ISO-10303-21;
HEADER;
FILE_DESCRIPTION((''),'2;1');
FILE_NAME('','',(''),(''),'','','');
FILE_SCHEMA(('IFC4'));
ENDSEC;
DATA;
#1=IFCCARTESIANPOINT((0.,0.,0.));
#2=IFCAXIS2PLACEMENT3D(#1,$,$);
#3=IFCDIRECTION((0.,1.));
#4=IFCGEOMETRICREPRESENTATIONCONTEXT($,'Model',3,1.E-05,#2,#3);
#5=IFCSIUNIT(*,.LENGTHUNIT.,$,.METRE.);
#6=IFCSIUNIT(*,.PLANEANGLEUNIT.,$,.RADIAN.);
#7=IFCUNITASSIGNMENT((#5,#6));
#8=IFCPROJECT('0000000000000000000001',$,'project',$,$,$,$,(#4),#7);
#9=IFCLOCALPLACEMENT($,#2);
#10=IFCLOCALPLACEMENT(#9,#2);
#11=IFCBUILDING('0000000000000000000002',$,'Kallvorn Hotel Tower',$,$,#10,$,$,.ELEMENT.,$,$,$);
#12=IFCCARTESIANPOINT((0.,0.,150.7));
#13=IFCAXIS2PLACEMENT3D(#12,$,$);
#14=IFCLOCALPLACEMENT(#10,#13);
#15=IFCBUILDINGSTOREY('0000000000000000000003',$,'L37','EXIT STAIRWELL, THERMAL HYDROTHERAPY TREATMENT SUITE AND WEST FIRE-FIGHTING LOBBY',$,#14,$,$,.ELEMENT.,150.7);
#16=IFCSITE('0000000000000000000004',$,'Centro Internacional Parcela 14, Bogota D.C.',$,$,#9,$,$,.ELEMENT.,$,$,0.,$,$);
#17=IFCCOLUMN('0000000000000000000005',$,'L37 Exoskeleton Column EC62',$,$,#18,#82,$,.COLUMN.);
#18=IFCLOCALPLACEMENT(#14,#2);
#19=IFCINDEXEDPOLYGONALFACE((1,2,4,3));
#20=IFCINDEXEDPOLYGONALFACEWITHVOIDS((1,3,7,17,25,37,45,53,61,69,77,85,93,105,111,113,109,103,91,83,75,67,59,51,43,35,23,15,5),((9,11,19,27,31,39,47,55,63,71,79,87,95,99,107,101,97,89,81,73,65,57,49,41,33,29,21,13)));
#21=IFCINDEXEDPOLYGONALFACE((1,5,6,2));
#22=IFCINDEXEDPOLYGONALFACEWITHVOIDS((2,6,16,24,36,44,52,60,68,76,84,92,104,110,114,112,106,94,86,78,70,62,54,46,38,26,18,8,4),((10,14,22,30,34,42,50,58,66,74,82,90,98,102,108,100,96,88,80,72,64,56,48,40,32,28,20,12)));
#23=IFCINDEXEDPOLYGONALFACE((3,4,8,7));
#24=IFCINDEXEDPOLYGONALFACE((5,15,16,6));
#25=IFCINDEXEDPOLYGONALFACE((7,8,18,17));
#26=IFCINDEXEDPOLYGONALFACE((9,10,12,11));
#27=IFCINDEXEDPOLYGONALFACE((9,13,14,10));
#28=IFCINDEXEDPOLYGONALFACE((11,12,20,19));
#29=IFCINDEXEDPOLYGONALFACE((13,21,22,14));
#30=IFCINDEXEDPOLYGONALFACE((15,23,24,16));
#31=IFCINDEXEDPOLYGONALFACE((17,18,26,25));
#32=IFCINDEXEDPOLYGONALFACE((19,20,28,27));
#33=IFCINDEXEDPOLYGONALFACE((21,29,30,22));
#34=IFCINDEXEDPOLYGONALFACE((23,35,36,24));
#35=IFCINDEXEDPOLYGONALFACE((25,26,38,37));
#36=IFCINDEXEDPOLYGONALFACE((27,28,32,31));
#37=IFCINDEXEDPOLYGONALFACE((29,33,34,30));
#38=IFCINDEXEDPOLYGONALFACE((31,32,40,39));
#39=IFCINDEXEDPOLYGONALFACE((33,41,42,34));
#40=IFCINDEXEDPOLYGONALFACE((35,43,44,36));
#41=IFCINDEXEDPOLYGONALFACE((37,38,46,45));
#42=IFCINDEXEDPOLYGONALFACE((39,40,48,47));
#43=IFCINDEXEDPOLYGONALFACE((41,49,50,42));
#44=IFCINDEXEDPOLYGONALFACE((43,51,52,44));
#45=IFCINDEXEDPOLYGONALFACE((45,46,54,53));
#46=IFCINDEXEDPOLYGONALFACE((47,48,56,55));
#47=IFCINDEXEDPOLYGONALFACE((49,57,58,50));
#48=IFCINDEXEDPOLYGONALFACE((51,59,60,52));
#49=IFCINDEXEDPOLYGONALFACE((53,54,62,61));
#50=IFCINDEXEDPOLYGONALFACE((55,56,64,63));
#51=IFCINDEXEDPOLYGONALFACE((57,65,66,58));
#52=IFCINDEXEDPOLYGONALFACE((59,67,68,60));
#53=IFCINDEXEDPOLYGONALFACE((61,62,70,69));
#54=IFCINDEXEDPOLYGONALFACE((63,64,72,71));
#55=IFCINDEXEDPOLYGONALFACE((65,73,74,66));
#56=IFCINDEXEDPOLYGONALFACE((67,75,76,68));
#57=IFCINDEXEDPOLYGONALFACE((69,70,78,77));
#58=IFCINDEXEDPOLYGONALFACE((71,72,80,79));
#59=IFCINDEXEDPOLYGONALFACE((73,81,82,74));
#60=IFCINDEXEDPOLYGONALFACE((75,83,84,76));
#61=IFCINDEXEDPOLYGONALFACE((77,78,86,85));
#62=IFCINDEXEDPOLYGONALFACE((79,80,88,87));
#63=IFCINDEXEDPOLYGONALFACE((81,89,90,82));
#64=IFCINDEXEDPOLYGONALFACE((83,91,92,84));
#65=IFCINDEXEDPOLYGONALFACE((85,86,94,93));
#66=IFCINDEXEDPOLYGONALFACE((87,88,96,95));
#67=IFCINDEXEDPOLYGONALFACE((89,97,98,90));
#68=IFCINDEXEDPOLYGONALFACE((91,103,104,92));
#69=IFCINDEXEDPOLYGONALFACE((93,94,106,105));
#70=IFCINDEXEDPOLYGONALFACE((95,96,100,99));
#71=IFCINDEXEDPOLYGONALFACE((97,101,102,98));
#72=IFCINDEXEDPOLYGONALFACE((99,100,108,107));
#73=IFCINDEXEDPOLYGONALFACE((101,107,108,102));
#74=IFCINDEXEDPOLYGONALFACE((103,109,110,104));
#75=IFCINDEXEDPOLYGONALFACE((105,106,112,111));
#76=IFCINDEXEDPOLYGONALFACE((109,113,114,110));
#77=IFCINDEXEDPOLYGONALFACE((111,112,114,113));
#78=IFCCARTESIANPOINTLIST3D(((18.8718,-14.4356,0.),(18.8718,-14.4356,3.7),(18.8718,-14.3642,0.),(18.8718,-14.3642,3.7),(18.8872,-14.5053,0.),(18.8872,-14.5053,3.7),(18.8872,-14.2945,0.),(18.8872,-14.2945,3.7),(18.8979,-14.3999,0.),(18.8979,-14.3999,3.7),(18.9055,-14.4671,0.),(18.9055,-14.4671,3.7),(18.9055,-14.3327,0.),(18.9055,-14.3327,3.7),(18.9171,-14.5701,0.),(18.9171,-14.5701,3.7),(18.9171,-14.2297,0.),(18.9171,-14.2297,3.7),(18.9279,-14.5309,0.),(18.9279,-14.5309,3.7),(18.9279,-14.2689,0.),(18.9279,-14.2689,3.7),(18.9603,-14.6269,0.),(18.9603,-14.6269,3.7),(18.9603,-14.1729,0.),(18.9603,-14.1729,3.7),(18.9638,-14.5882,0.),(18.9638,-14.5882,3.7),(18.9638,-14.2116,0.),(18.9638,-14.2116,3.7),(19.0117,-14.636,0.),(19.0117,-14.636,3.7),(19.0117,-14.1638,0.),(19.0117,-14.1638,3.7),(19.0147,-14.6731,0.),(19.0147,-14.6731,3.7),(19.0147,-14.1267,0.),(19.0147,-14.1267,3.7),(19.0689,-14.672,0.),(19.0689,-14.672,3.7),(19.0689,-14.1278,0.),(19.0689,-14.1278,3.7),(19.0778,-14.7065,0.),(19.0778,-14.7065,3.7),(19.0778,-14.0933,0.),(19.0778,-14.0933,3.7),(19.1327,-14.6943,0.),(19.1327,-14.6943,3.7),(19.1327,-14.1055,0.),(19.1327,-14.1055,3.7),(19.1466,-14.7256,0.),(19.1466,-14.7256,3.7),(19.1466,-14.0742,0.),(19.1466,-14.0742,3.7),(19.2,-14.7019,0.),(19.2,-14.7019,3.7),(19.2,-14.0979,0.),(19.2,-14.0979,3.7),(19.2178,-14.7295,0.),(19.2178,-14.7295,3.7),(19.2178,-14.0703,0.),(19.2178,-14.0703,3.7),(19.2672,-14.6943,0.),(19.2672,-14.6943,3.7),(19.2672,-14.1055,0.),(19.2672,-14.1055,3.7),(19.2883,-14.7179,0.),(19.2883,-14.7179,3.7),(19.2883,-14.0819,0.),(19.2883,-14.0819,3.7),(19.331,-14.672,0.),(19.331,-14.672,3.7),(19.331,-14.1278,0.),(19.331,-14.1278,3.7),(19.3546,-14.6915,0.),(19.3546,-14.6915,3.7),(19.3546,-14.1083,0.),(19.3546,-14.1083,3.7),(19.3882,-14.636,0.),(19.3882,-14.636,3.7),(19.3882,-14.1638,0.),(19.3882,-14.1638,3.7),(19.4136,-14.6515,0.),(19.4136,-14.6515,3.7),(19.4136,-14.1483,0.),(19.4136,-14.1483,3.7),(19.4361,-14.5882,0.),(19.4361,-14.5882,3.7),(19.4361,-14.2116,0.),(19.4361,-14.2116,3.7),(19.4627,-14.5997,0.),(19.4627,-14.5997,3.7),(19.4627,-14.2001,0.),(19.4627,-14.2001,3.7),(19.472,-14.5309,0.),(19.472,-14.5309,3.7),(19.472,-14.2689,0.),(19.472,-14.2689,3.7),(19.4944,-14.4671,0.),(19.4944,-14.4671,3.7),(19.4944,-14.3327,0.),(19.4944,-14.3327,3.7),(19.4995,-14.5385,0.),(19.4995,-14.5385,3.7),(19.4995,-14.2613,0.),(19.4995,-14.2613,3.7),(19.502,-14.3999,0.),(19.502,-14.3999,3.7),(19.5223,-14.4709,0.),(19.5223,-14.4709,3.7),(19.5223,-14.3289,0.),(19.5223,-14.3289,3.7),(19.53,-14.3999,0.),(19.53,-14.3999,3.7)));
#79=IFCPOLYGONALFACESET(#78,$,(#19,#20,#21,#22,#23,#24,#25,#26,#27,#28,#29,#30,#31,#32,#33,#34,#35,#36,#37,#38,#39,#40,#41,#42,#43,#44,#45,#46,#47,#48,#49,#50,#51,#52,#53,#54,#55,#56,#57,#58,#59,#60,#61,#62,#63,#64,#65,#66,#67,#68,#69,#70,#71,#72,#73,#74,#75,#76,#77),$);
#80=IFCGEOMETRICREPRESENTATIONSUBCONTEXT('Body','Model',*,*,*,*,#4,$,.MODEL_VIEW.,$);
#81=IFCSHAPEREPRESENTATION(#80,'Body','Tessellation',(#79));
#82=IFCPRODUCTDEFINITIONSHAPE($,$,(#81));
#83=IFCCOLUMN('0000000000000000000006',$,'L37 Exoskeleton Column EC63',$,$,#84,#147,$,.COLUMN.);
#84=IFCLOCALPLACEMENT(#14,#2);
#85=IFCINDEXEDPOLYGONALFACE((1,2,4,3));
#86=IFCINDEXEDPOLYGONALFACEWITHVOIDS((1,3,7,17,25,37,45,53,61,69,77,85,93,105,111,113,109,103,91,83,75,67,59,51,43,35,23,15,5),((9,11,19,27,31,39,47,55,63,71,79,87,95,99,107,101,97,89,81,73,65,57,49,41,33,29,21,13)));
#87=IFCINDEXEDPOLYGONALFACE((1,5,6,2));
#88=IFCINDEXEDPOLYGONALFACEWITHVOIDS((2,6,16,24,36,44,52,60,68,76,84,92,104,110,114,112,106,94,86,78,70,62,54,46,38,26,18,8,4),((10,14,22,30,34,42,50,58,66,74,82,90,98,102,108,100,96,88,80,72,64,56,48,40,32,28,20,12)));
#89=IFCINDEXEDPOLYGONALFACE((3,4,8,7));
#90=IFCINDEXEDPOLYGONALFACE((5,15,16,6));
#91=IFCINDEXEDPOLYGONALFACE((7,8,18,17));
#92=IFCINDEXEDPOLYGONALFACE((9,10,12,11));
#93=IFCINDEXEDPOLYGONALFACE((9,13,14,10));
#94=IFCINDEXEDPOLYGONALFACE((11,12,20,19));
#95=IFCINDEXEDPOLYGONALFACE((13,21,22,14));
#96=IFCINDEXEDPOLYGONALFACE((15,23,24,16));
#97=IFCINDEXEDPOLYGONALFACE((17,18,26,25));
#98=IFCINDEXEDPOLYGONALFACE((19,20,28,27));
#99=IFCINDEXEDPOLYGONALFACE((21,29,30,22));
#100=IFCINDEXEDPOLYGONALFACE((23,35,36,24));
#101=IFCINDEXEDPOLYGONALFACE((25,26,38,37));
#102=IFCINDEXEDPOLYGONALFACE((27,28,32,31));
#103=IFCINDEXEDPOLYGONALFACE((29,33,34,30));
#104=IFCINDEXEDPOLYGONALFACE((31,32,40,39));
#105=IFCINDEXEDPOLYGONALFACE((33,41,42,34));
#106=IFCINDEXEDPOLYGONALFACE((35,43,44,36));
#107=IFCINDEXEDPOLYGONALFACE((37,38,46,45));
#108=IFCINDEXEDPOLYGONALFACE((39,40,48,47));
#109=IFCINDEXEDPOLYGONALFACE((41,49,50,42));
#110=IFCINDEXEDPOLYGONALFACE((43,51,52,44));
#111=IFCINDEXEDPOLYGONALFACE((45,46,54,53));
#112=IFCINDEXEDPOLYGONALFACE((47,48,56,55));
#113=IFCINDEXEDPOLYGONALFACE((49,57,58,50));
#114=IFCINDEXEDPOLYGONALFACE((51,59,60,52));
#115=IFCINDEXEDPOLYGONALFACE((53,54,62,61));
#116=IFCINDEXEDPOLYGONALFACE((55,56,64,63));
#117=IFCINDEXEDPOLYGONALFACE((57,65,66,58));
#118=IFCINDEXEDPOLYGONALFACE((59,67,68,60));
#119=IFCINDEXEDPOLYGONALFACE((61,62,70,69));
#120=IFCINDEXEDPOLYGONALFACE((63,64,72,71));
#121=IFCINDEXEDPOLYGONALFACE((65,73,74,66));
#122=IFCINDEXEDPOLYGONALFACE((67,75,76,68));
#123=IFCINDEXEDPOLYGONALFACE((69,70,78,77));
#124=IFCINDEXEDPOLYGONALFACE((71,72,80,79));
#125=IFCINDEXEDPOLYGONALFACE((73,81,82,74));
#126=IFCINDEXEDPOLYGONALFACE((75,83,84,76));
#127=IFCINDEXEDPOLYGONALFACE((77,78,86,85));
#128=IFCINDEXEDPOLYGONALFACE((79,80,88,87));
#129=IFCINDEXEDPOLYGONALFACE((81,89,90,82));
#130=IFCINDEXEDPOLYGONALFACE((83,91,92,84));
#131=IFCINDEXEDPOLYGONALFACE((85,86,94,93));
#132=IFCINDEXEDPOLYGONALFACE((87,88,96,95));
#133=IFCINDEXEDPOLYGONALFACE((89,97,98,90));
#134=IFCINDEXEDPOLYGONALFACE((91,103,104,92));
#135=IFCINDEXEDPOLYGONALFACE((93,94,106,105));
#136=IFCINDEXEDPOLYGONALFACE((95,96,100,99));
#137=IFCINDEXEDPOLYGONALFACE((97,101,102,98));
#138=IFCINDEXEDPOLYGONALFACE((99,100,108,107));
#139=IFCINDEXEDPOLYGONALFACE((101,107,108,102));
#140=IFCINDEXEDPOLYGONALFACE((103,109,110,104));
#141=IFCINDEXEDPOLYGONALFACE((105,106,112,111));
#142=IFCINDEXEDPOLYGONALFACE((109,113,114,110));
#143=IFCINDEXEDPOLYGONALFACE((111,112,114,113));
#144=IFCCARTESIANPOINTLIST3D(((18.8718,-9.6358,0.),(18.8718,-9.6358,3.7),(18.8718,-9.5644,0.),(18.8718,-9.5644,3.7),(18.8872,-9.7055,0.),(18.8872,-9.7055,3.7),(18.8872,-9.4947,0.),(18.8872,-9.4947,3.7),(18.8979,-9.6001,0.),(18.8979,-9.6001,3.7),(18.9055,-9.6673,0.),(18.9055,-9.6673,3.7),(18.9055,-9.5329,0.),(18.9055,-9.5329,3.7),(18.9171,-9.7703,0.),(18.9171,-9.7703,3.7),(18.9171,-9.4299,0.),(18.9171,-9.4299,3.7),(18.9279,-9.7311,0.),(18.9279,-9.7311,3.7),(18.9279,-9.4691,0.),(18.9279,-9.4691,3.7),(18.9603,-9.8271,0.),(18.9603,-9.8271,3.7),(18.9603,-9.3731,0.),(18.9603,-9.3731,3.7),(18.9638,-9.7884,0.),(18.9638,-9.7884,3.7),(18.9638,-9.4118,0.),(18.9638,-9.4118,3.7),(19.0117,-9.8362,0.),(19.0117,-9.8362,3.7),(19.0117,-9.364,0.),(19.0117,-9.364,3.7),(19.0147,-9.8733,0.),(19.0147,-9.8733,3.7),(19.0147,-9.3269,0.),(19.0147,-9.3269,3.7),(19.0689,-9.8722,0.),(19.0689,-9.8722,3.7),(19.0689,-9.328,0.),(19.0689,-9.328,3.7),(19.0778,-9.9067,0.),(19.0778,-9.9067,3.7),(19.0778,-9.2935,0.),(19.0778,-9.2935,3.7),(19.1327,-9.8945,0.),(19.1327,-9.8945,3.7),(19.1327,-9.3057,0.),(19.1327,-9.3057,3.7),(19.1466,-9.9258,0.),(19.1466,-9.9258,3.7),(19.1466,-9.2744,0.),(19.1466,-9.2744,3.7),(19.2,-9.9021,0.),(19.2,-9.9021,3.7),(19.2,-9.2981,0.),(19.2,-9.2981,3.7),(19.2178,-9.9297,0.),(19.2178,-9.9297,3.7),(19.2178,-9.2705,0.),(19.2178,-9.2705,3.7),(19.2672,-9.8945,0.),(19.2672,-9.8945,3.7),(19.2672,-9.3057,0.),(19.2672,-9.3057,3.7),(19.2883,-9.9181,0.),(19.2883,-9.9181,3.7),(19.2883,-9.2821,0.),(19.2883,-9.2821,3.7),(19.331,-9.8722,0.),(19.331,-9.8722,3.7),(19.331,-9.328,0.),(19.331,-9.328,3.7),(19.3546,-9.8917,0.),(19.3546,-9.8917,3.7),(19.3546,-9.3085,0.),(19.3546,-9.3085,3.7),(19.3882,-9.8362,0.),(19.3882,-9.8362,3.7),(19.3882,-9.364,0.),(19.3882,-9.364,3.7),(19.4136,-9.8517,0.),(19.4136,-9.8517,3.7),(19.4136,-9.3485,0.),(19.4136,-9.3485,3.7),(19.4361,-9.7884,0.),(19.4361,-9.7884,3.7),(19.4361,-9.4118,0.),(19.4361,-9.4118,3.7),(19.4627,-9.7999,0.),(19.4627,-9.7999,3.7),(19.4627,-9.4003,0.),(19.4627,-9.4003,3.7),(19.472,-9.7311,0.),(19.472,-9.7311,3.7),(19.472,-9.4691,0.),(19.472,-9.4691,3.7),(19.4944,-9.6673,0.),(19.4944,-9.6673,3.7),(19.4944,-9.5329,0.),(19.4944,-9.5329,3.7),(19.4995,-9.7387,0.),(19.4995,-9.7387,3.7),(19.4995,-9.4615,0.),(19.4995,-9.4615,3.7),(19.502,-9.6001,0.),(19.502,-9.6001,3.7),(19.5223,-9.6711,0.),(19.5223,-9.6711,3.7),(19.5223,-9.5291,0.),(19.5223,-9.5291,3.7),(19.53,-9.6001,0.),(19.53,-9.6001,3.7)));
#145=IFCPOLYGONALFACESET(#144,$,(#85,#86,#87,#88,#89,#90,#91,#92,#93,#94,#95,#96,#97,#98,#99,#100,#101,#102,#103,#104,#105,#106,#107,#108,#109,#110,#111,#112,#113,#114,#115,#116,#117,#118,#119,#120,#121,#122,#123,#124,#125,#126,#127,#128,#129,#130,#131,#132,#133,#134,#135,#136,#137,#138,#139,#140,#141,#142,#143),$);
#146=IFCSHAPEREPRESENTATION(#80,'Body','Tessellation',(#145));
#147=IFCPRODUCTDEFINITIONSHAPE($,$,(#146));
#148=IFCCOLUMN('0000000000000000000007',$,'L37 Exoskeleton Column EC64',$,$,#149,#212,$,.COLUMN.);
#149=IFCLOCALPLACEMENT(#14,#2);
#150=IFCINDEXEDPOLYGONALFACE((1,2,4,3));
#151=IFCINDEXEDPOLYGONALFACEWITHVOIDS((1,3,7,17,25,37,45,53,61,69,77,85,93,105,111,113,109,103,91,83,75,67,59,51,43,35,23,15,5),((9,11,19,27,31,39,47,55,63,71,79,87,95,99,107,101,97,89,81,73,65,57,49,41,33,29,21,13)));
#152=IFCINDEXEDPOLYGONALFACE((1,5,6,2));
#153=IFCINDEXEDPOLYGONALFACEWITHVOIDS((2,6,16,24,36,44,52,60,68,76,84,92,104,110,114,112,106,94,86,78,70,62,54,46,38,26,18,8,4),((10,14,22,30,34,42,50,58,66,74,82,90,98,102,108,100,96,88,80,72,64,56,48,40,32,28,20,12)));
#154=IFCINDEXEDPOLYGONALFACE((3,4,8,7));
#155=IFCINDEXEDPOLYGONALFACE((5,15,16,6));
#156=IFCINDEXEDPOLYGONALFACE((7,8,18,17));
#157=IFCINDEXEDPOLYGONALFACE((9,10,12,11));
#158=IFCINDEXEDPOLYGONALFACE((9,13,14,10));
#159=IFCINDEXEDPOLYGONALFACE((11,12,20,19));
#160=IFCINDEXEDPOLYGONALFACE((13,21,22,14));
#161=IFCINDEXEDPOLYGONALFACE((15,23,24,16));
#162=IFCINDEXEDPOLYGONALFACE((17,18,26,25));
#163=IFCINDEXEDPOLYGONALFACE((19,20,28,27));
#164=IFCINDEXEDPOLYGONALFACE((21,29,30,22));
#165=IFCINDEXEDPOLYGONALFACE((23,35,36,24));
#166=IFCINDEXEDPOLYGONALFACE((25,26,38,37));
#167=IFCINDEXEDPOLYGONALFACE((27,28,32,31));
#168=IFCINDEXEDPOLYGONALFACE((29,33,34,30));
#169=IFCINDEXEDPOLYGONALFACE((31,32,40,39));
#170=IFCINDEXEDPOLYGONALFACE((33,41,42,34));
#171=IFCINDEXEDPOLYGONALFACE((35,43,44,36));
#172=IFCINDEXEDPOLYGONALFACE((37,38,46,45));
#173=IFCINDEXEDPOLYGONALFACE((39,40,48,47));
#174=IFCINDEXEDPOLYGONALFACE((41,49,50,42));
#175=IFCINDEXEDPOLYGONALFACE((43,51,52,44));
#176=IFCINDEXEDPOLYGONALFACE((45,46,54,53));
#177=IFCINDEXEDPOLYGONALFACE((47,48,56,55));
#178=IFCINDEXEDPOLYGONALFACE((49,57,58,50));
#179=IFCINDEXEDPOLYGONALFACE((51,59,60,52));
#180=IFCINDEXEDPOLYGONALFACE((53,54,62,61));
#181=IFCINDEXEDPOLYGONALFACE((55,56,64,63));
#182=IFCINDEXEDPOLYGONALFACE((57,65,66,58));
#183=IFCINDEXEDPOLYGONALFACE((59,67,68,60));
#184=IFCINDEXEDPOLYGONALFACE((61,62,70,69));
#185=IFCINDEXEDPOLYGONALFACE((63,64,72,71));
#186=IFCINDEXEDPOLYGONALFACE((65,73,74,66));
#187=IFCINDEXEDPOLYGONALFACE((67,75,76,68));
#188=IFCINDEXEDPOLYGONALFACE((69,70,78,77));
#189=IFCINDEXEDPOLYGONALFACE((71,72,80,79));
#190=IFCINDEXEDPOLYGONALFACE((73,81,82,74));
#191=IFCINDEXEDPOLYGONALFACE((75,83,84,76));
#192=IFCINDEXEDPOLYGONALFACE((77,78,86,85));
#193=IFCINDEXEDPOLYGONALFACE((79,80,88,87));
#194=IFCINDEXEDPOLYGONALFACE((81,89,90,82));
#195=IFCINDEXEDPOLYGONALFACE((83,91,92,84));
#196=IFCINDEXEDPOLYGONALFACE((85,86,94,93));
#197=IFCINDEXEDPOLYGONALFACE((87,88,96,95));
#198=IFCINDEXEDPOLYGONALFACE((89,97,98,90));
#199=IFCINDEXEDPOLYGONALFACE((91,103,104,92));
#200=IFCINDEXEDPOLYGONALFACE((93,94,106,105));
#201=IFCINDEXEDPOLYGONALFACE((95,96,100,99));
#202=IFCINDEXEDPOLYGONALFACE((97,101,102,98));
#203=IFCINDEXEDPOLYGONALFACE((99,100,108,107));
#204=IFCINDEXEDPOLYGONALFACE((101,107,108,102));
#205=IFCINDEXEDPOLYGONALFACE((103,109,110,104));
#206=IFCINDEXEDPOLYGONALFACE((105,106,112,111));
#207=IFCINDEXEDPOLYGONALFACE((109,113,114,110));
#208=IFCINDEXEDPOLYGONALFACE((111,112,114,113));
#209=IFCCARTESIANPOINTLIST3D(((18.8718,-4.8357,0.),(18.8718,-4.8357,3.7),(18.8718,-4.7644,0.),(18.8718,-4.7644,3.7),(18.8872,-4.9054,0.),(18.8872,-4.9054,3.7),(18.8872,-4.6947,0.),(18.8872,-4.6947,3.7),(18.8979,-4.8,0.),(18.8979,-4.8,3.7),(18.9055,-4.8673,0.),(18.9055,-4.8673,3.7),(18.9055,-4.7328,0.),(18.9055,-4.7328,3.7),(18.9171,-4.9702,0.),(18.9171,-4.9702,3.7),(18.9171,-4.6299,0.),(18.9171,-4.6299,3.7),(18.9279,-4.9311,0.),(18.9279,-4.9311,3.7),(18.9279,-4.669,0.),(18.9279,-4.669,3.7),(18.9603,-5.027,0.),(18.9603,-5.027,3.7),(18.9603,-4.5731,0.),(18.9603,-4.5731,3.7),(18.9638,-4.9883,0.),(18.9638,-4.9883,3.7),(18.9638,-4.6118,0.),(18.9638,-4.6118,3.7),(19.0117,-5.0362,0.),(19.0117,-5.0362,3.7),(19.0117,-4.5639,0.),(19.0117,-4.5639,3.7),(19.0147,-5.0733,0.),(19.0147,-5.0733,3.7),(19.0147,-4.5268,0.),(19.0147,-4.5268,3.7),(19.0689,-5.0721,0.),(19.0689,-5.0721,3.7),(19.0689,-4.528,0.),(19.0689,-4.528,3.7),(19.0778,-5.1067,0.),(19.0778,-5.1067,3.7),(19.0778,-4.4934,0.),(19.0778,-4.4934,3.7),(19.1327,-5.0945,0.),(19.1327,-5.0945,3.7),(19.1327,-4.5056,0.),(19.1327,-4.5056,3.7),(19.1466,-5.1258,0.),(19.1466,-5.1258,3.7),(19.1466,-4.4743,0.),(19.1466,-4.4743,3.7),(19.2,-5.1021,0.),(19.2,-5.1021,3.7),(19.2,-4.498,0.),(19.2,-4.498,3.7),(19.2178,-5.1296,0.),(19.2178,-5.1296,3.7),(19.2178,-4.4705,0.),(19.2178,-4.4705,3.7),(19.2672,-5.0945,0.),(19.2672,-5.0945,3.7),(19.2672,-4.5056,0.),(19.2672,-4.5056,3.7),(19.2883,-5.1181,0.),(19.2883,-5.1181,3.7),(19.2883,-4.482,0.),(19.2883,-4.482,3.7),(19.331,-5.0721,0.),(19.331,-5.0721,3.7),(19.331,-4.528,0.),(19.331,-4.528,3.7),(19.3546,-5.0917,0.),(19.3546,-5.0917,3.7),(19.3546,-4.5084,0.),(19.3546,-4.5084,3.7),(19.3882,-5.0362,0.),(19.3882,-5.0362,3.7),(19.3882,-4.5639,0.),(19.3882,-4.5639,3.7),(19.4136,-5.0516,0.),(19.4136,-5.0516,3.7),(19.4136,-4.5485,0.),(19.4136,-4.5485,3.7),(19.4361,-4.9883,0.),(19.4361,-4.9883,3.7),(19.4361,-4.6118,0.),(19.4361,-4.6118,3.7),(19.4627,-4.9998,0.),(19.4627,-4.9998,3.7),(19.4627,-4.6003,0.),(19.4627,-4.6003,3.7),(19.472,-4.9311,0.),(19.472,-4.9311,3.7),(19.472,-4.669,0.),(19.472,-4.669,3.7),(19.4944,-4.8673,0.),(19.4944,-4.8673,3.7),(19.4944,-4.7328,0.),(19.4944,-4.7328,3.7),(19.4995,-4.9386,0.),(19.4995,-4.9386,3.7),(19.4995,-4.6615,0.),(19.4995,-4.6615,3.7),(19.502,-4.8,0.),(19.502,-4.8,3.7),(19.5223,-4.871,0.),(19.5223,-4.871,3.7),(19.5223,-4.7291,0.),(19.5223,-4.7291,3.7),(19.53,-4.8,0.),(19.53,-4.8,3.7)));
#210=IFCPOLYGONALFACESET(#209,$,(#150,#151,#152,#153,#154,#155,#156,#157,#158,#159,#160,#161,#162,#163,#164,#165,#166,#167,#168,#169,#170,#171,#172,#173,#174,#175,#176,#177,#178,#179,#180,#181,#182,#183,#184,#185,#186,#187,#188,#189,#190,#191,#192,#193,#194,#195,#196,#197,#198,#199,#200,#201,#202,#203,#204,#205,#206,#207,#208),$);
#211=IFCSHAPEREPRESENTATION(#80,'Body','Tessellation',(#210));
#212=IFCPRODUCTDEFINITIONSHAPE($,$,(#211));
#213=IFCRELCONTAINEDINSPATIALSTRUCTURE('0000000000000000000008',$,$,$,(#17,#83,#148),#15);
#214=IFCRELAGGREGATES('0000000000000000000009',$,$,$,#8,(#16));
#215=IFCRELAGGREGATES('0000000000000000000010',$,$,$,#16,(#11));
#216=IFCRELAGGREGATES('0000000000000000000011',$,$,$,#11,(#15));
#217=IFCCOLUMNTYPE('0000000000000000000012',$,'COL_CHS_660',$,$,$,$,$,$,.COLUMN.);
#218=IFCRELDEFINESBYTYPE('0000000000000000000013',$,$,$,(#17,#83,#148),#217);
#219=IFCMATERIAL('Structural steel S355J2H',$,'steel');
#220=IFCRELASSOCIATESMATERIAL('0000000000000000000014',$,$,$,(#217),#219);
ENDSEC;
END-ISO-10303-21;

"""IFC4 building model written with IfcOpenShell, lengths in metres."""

from ifc_helpers import new_model, si_unit, direction, frame, origin, origin_2d, place, context, subcontext, project, spatial, hollow_circle, extrude, material, material_profile, profile_set, type_object, element, save


model = new_model("IFC4")

# Units and contexts
model_context = context("Model", 3, precision=1e-05, world=origin(), true_north=direction((0.0, 1.0)))
body_context = subcontext(model_context, "Body", "Model", "MODEL_VIEW")
ifc_project = project(units=[si_unit("LENGTHUNIT", "METRE"), si_unit("PLANEANGLEUNIT", "RADIAN")], contexts=[model_context])

# Site, building, storey
site_placement = place(None, origin())
site = spatial("IfcSite", under=ifc_project, at=site_placement, Name="Centro Internacional Parcela 14, Bogota D.C.", CompositionType="ELEMENT", RefElevation=0.0)
building_placement = place(site_placement, origin())
building = spatial("IfcBuilding", under=site, at=building_placement, Name="Kallvorn Hotel Tower", CompositionType="ELEMENT")
storey_placement = place(building_placement, frame((0.0, 0.0, 150.7)))
storey = spatial("IfcBuildingStorey", under=building, at=storey_placement, Name="L37", Description="EXIT STAIRWELL, THERMAL HYDROTHERAPY TREATMENT SUITE AND WEST FIRE-FIGHTING LOBBY", CompositionType="ELEMENT", Elevation=150.7)

# Columns
ifc_material_1 = material(Name="Structural steel S355J2H", Category="steel")
ifc_material_profile_1 = material_profile(ifc_material_1, hollow_circle(Radius=0.3301, WallThickness=0.0281, at=origin_2d()), Name="CHS 660x28")
ifc_profile_set_1 = profile_set([ifc_material_profile_1], Name="Structural steel S355J2H")
column_type_1 = type_object("IfcColumnType", Name="COL_CHS_660", PredefinedType="COLUMN", material=ifc_profile_set_1)
for number, where, z_axis, x_axis, name in (
    (1, (19.2, -14.3999, 0.0), (0.0, 0.0, 1.0), (1.0, 0.0, 0.0), "L37 Exoskeleton Column EC62"),
    (2, (19.2, -9.6001, 0.0), (0.0, 0.0, 1.0), (1.0, 0.0, 0.0), "L37 Exoskeleton Column EC63"),
    (3, (19.2, -4.8, 0.0), (0.0, 0.0, 1.0), (1.0, 0.0, 0.0), "L37 Exoskeleton Column EC64"),
):
    element("IfcColumn", number, at=place(storey_placement, frame(where, z_axis=z_axis, x_axis=x_axis)), inside=storey, type_object=column_type_1, Name=name, PredefinedType="COLUMN", context=body_context, shape_type="SweptSolid", body=[
        extrude(hollow_circle(Radius=0.3301, WallThickness=0.0281, at=origin_2d()), origin(), (0.0, 0.0, 1.0), 3.7),
    ])

save(model, "model.ifc")
